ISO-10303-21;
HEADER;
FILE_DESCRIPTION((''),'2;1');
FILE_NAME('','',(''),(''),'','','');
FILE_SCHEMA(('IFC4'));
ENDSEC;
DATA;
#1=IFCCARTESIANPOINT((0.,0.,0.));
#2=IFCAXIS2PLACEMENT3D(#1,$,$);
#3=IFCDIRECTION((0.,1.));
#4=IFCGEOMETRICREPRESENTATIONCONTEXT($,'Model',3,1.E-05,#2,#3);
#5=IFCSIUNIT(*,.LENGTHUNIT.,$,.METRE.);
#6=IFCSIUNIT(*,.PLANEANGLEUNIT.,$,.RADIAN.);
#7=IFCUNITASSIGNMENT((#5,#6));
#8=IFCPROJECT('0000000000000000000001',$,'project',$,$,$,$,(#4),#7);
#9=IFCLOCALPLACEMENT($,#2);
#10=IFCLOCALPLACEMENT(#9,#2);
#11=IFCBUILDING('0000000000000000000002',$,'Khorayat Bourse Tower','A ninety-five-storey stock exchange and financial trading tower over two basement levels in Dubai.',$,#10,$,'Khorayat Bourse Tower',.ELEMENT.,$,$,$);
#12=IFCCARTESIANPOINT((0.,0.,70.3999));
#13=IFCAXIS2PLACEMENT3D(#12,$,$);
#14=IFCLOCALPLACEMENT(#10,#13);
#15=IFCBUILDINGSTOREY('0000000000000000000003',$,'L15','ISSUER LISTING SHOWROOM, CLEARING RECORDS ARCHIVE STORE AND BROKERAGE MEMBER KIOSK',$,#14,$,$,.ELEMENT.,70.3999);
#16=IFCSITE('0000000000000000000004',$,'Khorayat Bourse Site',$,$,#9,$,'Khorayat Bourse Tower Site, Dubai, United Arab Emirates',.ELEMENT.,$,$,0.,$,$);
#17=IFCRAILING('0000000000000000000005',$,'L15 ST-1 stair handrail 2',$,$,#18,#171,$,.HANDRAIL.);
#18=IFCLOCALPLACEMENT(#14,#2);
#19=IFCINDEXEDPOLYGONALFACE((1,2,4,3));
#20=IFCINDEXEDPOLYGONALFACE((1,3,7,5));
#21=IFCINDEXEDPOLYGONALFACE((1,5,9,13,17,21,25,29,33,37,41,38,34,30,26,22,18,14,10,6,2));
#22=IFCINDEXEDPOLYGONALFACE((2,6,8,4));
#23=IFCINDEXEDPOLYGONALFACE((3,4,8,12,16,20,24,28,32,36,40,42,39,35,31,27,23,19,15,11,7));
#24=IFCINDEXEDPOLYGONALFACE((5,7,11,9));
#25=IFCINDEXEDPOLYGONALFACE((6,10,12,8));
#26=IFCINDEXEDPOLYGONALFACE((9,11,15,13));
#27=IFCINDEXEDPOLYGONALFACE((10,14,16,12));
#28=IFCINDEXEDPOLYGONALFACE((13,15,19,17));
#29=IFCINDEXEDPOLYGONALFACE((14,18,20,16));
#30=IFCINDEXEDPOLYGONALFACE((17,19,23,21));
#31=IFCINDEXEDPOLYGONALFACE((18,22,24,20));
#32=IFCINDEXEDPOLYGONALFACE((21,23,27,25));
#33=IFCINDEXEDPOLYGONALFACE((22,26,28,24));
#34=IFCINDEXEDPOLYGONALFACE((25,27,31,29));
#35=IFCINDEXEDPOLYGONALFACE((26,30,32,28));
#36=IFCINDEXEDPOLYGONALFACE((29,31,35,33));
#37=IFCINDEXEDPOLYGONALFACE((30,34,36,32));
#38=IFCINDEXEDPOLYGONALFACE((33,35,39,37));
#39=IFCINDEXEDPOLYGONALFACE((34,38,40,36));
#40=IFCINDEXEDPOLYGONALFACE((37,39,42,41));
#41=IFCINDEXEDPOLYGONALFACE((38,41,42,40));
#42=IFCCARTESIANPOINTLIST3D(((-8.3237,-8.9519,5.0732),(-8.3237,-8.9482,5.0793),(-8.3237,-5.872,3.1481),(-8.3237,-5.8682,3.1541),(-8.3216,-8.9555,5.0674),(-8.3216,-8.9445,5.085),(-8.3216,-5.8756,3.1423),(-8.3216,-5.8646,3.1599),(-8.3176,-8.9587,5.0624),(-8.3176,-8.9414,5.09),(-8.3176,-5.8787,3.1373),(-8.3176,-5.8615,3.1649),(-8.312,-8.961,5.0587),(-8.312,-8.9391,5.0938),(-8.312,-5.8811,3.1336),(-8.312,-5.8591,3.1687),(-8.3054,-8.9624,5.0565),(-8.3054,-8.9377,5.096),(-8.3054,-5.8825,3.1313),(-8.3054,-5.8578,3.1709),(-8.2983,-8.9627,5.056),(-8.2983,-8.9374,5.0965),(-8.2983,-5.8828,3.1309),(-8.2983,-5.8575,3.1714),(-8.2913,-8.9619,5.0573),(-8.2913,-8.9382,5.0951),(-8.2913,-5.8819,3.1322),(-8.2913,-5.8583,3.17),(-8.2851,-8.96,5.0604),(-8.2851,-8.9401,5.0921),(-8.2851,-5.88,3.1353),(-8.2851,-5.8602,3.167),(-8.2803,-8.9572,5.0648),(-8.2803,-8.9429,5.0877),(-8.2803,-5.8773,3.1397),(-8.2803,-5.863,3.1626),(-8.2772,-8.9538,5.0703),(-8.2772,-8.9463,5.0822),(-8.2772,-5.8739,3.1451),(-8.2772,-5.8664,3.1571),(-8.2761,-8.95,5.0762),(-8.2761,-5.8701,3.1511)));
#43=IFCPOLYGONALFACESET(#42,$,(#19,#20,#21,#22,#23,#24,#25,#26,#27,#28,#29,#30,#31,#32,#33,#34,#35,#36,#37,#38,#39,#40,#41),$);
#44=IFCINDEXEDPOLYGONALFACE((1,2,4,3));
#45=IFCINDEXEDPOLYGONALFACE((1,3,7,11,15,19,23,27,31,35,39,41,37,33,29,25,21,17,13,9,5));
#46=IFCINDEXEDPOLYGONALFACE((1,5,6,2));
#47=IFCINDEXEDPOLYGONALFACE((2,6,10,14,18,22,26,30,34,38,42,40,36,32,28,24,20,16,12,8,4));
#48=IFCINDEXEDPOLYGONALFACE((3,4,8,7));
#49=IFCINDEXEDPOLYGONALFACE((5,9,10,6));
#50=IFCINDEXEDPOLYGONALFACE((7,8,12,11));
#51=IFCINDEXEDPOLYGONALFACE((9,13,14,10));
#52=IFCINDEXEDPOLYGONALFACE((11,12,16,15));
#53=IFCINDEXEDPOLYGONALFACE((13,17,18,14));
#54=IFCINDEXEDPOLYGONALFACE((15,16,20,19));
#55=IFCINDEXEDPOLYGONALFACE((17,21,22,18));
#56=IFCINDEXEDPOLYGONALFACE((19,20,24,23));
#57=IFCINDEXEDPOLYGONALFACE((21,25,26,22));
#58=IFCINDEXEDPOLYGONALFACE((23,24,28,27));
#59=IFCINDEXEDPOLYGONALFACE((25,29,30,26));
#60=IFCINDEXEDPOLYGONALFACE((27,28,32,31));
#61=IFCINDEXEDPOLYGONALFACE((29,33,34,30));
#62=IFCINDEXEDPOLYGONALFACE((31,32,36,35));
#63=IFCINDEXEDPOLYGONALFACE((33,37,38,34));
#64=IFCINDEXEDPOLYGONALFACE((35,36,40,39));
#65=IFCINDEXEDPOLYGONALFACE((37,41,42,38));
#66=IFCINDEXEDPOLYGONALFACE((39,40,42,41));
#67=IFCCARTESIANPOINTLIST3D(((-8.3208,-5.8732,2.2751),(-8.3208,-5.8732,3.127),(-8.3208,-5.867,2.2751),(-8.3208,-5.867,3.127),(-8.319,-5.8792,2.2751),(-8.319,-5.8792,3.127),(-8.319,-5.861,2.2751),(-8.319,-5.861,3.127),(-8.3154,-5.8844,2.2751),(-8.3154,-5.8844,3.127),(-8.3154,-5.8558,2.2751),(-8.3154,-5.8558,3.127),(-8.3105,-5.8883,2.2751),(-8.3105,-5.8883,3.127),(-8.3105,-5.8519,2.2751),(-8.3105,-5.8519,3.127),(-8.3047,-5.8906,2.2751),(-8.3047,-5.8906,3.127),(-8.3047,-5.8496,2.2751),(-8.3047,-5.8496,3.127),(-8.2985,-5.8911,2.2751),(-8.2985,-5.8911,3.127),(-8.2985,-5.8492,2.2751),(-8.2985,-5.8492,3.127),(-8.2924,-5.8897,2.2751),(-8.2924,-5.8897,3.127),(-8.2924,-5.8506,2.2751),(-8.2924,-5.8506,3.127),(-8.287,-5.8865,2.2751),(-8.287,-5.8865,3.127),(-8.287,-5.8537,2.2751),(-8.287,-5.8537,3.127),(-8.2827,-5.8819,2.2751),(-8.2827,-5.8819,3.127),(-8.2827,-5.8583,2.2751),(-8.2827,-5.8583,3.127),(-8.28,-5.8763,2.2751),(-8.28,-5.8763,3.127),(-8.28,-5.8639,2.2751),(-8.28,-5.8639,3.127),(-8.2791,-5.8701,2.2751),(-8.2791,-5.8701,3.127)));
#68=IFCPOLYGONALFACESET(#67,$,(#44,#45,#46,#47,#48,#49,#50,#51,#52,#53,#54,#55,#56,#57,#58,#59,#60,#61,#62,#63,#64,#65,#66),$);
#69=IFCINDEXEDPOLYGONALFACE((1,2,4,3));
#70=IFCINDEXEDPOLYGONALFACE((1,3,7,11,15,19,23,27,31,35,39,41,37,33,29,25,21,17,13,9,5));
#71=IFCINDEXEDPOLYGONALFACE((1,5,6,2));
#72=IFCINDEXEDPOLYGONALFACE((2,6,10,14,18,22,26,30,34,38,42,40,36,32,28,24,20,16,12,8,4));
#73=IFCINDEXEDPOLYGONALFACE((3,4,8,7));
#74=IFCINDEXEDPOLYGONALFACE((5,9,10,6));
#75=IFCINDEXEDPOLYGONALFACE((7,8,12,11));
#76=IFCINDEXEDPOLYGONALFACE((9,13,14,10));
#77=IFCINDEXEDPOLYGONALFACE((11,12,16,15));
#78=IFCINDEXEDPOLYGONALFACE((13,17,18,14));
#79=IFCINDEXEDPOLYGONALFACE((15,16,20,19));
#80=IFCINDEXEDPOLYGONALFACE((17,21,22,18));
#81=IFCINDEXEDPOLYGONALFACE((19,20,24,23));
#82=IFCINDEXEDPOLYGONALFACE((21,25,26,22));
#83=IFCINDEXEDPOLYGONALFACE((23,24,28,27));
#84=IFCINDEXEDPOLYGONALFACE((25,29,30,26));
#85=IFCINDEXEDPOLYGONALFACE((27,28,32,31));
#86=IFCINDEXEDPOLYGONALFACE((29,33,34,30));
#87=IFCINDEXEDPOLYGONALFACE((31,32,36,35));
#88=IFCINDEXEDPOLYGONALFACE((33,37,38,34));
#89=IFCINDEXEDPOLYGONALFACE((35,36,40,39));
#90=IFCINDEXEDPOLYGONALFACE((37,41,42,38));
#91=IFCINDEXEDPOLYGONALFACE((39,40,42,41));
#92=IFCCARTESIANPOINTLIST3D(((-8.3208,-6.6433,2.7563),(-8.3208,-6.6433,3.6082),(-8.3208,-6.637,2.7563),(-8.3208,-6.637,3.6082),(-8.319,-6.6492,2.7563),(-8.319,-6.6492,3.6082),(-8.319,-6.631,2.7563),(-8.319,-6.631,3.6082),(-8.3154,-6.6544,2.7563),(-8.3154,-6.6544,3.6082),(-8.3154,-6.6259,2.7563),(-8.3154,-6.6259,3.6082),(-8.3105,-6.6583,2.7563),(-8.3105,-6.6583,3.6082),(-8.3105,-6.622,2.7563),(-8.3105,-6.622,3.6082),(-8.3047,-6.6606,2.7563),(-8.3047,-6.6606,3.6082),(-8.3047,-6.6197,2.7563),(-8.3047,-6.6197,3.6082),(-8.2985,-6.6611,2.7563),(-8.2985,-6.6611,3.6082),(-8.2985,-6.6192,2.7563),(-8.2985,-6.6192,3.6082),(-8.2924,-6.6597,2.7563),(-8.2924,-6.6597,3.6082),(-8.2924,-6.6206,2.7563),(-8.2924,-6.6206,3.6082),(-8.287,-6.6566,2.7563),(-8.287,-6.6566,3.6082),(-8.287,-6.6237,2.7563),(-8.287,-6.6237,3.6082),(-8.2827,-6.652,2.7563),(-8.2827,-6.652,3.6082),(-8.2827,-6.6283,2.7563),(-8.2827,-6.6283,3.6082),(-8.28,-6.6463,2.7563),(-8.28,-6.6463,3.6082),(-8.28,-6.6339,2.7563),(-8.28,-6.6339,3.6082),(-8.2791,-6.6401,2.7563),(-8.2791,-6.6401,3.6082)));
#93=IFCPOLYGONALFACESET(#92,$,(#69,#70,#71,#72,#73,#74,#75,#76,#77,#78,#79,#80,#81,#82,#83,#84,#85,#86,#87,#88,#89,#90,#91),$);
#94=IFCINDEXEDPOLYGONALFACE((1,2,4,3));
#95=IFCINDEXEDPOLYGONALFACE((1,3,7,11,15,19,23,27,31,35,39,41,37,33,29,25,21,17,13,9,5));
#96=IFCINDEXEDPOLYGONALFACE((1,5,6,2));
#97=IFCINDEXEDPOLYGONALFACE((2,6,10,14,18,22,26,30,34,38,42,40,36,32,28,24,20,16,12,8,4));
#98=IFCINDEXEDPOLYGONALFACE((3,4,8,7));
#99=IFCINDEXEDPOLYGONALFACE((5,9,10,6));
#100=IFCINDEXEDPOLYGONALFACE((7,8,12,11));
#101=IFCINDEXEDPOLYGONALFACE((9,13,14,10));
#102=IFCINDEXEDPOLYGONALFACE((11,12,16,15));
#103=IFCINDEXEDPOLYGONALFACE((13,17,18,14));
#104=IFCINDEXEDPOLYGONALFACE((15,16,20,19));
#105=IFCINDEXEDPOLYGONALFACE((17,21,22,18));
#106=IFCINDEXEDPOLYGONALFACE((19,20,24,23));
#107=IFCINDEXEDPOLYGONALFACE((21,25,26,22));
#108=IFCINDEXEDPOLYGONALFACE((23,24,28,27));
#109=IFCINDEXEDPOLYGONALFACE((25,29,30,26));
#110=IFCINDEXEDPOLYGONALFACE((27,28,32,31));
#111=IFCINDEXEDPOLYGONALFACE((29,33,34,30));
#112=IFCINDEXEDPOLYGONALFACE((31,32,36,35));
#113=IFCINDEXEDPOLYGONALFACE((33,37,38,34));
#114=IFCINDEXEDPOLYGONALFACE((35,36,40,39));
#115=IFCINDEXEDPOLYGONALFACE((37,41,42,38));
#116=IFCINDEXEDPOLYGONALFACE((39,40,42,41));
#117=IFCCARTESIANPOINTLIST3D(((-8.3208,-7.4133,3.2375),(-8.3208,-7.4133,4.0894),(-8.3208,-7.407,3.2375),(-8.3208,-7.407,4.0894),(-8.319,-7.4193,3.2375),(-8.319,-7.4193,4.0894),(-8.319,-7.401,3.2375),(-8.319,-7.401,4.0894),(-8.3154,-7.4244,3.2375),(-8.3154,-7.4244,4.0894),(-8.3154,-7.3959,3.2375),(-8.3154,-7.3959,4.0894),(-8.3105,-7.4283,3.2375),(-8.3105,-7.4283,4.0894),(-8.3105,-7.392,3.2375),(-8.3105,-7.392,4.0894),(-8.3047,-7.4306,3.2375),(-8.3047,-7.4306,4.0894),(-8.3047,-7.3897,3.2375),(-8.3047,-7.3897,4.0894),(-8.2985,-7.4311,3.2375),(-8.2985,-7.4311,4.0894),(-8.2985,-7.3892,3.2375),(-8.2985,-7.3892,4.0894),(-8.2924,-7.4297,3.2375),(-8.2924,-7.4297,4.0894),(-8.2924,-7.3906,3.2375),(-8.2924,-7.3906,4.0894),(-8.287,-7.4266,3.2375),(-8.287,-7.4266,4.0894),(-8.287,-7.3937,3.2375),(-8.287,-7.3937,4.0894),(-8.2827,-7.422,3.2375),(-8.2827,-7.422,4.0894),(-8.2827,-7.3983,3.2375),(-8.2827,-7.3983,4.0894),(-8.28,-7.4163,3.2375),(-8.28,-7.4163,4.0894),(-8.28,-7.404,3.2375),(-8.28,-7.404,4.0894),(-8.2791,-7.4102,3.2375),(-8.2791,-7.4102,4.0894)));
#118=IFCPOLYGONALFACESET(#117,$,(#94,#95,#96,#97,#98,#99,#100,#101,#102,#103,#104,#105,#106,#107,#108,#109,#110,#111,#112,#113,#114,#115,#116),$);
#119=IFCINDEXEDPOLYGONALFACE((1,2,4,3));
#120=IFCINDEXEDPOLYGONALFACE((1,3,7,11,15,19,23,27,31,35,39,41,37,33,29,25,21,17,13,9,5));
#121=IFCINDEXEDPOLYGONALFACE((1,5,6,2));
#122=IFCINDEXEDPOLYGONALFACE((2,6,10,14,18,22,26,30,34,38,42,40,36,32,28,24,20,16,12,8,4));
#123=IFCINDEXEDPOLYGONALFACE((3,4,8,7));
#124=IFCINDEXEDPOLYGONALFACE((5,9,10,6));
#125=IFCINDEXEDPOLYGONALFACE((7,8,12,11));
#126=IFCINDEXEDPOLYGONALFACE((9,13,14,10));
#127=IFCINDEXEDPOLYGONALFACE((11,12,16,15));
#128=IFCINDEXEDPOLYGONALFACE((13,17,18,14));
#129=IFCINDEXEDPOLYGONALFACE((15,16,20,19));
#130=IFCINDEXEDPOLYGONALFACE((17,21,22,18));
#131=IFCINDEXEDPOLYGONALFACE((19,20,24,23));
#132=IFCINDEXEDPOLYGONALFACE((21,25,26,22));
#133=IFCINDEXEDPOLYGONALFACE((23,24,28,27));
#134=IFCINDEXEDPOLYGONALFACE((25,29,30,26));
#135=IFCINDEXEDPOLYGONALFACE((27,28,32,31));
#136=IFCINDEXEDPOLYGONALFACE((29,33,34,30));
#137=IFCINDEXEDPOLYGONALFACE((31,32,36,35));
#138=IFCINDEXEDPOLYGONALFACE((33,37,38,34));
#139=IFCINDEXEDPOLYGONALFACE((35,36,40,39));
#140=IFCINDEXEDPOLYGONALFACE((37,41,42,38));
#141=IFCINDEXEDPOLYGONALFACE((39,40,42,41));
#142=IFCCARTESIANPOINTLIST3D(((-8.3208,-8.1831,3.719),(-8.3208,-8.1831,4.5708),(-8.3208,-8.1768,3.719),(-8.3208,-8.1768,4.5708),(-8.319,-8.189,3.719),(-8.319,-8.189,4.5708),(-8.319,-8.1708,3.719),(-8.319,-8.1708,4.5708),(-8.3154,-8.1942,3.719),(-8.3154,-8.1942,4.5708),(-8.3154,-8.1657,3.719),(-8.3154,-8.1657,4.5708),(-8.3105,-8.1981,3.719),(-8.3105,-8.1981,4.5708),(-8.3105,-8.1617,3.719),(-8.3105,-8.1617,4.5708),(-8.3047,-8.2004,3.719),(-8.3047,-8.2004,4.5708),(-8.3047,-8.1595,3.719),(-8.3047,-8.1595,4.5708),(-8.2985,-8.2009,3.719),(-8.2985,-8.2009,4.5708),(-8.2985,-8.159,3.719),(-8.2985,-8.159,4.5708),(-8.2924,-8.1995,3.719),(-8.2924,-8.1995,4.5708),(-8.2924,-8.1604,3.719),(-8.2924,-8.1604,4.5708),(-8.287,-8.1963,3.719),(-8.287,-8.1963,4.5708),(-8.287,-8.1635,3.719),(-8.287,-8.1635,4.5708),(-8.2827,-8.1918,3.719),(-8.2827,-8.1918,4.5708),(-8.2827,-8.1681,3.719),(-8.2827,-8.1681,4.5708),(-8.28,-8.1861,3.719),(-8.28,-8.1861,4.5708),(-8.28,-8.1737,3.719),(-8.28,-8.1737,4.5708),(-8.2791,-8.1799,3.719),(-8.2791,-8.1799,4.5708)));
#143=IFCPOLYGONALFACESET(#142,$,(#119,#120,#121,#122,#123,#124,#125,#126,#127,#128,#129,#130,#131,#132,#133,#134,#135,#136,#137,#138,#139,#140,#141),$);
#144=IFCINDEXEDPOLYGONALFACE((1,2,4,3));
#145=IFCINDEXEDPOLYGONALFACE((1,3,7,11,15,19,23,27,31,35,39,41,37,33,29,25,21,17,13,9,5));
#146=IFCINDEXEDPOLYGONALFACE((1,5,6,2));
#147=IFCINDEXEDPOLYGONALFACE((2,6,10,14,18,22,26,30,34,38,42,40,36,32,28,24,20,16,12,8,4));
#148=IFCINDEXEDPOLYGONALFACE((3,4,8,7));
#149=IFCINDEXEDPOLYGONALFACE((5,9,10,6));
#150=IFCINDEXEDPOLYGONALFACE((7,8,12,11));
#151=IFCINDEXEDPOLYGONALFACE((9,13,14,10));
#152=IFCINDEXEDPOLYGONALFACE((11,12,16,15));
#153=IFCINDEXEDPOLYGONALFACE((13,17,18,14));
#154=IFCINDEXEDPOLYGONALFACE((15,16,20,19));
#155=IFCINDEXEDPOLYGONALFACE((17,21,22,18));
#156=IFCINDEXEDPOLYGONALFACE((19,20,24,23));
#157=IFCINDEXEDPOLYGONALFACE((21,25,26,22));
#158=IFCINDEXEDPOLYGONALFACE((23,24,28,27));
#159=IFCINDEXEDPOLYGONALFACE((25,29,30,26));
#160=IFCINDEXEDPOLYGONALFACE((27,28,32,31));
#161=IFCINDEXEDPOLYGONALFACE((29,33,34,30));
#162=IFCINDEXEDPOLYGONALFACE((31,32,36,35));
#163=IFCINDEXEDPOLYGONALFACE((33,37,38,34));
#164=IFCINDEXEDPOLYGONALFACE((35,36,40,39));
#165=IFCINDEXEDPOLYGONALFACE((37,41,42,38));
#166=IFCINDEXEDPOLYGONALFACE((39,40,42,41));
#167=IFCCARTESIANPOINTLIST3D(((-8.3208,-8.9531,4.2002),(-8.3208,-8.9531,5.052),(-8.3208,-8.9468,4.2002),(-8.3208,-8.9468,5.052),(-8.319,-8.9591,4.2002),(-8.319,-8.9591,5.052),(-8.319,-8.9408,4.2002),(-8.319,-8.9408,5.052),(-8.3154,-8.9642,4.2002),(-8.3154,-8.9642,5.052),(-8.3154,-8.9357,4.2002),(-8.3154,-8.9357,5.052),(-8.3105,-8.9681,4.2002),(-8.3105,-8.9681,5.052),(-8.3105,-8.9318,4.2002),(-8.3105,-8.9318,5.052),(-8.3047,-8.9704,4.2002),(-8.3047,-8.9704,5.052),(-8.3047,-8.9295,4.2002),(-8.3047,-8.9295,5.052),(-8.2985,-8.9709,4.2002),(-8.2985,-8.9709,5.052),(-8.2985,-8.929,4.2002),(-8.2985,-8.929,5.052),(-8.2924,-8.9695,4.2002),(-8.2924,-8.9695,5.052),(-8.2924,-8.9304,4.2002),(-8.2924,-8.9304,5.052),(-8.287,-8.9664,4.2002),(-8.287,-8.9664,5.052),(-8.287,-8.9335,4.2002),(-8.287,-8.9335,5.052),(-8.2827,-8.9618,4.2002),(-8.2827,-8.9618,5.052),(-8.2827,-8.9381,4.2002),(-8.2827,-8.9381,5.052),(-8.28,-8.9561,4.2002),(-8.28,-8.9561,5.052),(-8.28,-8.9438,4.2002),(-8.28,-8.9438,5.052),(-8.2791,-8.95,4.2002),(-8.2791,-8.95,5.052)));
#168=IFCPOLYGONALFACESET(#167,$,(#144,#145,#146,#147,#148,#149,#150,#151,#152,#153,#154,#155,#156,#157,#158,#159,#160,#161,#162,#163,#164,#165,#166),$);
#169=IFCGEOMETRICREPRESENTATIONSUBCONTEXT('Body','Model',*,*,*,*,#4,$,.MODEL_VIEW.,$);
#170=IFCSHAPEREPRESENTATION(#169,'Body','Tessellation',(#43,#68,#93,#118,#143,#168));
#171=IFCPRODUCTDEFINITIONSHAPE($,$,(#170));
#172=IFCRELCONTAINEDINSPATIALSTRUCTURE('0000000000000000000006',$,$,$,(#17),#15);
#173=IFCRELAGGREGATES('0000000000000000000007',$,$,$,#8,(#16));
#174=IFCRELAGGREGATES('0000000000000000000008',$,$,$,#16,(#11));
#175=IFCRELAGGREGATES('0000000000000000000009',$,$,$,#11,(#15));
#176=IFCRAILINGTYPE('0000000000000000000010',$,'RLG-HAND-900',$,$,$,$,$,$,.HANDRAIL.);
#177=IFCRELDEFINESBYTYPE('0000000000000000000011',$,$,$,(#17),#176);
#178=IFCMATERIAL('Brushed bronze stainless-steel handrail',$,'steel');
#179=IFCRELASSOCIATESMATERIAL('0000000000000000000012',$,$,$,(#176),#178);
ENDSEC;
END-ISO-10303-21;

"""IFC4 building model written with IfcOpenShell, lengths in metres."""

from ifc_helpers import new_model, si_unit, direction, frame, origin, origin_2d, place, context, subcontext, project, spatial, circle, extrude, source, transform, mapped, material, type_object, element, save


model = new_model("IFC4")

# Units and contexts
model_context = context("Model", 3, precision=1e-05, world=origin(), true_north=direction((0.0, 1.0)))
body_context = subcontext(model_context, "Body", "Model", "MODEL_VIEW")
ifc_project = project(units=[si_unit("LENGTHUNIT", "METRE"), si_unit("PLANEANGLEUNIT", "RADIAN")], contexts=[model_context])

# Site, building, storey
site_placement = place(None, origin())
site = spatial("IfcSite", under=ifc_project, at=site_placement, Name="Khorayat Bourse Site", LongName="Khorayat Bourse Tower Site, Dubai, United Arab Emirates", CompositionType="ELEMENT", RefElevation=0.0)
building_placement = place(site_placement, origin())
building = spatial("IfcBuilding", under=site, at=building_placement, Name="Khorayat Bourse Tower", Description="A ninety-five-storey stock exchange and financial trading tower over two basement levels in Dubai.", LongName="Khorayat Bourse Tower", CompositionType="ELEMENT")
storey_placement = place(building_placement, frame((0.0, 0.0, 70.3999)))
storey = spatial("IfcBuildingStorey", under=building, at=storey_placement, Name="L15", Description="ISSUER LISTING SHOWROOM, CLEARING RECORDS ARCHIVE STORE AND BROKERAGE MEMBER KIOSK", CompositionType="ELEMENT", Elevation=70.3999)

# Railing
ifc_material_1 = material(Name="Brushed bronze stainless-steel handrail", Category="steel")
railing_type_1 = type_object("IfcRailingType", Name="RLG-HAND-900", PredefinedType="HANDRAIL", material=ifc_material_1)
shared_shape_1 = source(origin(), body_context, "Body", "SweptSolid", [
    extrude(circle(Radius=0.0239, at=origin_2d()), frame((0.0, 0.0, 0.876), z_axis=(0.0, -0.847979, 0.530029), x_axis=(1.0, 0.0, 0.0)), (0.0, 0.0, 1.0), 3.6321),
    extrude(circle(Radius=0.021, at=origin_2d()), origin(), (0.0, 0.0, 1.0), 0.8518),
    extrude(circle(Radius=0.021, at=origin_2d()), frame((0.0, -0.77, 0.4812)), (0.0, 0.0, 1.0), 0.8518),
    extrude(circle(Radius=0.021, at=origin_2d()), frame((0.0, -1.54, 0.9624)), (0.0, 0.0, 1.0), 0.8518),
    extrude(circle(Radius=0.021, at=origin_2d()), frame((0.0, -2.3098, 1.4438)), (0.0, 0.0, 1.0), 0.8518),
    extrude(circle(Radius=0.021, at=origin_2d()), frame((0.0, -3.0798, 1.925)), (0.0, 0.0, 1.0), 0.8518),
])
railing_1_placement = place(storey_placement, frame((-8.3, -5.8701, 2.2751)))
element("IfcRailing", 1, at=railing_1_placement, inside=storey, type_object=railing_type_1, Name="L15 ST-1 stair handrail 2", PredefinedType="HANDRAIL", context=body_context, shape_type="MappedRepresentation", body=[
    mapped(shared_shape_1, transform((0.0, 0.0, 0.0), scale=1.0)),
])

save(model, "model.ifc")
